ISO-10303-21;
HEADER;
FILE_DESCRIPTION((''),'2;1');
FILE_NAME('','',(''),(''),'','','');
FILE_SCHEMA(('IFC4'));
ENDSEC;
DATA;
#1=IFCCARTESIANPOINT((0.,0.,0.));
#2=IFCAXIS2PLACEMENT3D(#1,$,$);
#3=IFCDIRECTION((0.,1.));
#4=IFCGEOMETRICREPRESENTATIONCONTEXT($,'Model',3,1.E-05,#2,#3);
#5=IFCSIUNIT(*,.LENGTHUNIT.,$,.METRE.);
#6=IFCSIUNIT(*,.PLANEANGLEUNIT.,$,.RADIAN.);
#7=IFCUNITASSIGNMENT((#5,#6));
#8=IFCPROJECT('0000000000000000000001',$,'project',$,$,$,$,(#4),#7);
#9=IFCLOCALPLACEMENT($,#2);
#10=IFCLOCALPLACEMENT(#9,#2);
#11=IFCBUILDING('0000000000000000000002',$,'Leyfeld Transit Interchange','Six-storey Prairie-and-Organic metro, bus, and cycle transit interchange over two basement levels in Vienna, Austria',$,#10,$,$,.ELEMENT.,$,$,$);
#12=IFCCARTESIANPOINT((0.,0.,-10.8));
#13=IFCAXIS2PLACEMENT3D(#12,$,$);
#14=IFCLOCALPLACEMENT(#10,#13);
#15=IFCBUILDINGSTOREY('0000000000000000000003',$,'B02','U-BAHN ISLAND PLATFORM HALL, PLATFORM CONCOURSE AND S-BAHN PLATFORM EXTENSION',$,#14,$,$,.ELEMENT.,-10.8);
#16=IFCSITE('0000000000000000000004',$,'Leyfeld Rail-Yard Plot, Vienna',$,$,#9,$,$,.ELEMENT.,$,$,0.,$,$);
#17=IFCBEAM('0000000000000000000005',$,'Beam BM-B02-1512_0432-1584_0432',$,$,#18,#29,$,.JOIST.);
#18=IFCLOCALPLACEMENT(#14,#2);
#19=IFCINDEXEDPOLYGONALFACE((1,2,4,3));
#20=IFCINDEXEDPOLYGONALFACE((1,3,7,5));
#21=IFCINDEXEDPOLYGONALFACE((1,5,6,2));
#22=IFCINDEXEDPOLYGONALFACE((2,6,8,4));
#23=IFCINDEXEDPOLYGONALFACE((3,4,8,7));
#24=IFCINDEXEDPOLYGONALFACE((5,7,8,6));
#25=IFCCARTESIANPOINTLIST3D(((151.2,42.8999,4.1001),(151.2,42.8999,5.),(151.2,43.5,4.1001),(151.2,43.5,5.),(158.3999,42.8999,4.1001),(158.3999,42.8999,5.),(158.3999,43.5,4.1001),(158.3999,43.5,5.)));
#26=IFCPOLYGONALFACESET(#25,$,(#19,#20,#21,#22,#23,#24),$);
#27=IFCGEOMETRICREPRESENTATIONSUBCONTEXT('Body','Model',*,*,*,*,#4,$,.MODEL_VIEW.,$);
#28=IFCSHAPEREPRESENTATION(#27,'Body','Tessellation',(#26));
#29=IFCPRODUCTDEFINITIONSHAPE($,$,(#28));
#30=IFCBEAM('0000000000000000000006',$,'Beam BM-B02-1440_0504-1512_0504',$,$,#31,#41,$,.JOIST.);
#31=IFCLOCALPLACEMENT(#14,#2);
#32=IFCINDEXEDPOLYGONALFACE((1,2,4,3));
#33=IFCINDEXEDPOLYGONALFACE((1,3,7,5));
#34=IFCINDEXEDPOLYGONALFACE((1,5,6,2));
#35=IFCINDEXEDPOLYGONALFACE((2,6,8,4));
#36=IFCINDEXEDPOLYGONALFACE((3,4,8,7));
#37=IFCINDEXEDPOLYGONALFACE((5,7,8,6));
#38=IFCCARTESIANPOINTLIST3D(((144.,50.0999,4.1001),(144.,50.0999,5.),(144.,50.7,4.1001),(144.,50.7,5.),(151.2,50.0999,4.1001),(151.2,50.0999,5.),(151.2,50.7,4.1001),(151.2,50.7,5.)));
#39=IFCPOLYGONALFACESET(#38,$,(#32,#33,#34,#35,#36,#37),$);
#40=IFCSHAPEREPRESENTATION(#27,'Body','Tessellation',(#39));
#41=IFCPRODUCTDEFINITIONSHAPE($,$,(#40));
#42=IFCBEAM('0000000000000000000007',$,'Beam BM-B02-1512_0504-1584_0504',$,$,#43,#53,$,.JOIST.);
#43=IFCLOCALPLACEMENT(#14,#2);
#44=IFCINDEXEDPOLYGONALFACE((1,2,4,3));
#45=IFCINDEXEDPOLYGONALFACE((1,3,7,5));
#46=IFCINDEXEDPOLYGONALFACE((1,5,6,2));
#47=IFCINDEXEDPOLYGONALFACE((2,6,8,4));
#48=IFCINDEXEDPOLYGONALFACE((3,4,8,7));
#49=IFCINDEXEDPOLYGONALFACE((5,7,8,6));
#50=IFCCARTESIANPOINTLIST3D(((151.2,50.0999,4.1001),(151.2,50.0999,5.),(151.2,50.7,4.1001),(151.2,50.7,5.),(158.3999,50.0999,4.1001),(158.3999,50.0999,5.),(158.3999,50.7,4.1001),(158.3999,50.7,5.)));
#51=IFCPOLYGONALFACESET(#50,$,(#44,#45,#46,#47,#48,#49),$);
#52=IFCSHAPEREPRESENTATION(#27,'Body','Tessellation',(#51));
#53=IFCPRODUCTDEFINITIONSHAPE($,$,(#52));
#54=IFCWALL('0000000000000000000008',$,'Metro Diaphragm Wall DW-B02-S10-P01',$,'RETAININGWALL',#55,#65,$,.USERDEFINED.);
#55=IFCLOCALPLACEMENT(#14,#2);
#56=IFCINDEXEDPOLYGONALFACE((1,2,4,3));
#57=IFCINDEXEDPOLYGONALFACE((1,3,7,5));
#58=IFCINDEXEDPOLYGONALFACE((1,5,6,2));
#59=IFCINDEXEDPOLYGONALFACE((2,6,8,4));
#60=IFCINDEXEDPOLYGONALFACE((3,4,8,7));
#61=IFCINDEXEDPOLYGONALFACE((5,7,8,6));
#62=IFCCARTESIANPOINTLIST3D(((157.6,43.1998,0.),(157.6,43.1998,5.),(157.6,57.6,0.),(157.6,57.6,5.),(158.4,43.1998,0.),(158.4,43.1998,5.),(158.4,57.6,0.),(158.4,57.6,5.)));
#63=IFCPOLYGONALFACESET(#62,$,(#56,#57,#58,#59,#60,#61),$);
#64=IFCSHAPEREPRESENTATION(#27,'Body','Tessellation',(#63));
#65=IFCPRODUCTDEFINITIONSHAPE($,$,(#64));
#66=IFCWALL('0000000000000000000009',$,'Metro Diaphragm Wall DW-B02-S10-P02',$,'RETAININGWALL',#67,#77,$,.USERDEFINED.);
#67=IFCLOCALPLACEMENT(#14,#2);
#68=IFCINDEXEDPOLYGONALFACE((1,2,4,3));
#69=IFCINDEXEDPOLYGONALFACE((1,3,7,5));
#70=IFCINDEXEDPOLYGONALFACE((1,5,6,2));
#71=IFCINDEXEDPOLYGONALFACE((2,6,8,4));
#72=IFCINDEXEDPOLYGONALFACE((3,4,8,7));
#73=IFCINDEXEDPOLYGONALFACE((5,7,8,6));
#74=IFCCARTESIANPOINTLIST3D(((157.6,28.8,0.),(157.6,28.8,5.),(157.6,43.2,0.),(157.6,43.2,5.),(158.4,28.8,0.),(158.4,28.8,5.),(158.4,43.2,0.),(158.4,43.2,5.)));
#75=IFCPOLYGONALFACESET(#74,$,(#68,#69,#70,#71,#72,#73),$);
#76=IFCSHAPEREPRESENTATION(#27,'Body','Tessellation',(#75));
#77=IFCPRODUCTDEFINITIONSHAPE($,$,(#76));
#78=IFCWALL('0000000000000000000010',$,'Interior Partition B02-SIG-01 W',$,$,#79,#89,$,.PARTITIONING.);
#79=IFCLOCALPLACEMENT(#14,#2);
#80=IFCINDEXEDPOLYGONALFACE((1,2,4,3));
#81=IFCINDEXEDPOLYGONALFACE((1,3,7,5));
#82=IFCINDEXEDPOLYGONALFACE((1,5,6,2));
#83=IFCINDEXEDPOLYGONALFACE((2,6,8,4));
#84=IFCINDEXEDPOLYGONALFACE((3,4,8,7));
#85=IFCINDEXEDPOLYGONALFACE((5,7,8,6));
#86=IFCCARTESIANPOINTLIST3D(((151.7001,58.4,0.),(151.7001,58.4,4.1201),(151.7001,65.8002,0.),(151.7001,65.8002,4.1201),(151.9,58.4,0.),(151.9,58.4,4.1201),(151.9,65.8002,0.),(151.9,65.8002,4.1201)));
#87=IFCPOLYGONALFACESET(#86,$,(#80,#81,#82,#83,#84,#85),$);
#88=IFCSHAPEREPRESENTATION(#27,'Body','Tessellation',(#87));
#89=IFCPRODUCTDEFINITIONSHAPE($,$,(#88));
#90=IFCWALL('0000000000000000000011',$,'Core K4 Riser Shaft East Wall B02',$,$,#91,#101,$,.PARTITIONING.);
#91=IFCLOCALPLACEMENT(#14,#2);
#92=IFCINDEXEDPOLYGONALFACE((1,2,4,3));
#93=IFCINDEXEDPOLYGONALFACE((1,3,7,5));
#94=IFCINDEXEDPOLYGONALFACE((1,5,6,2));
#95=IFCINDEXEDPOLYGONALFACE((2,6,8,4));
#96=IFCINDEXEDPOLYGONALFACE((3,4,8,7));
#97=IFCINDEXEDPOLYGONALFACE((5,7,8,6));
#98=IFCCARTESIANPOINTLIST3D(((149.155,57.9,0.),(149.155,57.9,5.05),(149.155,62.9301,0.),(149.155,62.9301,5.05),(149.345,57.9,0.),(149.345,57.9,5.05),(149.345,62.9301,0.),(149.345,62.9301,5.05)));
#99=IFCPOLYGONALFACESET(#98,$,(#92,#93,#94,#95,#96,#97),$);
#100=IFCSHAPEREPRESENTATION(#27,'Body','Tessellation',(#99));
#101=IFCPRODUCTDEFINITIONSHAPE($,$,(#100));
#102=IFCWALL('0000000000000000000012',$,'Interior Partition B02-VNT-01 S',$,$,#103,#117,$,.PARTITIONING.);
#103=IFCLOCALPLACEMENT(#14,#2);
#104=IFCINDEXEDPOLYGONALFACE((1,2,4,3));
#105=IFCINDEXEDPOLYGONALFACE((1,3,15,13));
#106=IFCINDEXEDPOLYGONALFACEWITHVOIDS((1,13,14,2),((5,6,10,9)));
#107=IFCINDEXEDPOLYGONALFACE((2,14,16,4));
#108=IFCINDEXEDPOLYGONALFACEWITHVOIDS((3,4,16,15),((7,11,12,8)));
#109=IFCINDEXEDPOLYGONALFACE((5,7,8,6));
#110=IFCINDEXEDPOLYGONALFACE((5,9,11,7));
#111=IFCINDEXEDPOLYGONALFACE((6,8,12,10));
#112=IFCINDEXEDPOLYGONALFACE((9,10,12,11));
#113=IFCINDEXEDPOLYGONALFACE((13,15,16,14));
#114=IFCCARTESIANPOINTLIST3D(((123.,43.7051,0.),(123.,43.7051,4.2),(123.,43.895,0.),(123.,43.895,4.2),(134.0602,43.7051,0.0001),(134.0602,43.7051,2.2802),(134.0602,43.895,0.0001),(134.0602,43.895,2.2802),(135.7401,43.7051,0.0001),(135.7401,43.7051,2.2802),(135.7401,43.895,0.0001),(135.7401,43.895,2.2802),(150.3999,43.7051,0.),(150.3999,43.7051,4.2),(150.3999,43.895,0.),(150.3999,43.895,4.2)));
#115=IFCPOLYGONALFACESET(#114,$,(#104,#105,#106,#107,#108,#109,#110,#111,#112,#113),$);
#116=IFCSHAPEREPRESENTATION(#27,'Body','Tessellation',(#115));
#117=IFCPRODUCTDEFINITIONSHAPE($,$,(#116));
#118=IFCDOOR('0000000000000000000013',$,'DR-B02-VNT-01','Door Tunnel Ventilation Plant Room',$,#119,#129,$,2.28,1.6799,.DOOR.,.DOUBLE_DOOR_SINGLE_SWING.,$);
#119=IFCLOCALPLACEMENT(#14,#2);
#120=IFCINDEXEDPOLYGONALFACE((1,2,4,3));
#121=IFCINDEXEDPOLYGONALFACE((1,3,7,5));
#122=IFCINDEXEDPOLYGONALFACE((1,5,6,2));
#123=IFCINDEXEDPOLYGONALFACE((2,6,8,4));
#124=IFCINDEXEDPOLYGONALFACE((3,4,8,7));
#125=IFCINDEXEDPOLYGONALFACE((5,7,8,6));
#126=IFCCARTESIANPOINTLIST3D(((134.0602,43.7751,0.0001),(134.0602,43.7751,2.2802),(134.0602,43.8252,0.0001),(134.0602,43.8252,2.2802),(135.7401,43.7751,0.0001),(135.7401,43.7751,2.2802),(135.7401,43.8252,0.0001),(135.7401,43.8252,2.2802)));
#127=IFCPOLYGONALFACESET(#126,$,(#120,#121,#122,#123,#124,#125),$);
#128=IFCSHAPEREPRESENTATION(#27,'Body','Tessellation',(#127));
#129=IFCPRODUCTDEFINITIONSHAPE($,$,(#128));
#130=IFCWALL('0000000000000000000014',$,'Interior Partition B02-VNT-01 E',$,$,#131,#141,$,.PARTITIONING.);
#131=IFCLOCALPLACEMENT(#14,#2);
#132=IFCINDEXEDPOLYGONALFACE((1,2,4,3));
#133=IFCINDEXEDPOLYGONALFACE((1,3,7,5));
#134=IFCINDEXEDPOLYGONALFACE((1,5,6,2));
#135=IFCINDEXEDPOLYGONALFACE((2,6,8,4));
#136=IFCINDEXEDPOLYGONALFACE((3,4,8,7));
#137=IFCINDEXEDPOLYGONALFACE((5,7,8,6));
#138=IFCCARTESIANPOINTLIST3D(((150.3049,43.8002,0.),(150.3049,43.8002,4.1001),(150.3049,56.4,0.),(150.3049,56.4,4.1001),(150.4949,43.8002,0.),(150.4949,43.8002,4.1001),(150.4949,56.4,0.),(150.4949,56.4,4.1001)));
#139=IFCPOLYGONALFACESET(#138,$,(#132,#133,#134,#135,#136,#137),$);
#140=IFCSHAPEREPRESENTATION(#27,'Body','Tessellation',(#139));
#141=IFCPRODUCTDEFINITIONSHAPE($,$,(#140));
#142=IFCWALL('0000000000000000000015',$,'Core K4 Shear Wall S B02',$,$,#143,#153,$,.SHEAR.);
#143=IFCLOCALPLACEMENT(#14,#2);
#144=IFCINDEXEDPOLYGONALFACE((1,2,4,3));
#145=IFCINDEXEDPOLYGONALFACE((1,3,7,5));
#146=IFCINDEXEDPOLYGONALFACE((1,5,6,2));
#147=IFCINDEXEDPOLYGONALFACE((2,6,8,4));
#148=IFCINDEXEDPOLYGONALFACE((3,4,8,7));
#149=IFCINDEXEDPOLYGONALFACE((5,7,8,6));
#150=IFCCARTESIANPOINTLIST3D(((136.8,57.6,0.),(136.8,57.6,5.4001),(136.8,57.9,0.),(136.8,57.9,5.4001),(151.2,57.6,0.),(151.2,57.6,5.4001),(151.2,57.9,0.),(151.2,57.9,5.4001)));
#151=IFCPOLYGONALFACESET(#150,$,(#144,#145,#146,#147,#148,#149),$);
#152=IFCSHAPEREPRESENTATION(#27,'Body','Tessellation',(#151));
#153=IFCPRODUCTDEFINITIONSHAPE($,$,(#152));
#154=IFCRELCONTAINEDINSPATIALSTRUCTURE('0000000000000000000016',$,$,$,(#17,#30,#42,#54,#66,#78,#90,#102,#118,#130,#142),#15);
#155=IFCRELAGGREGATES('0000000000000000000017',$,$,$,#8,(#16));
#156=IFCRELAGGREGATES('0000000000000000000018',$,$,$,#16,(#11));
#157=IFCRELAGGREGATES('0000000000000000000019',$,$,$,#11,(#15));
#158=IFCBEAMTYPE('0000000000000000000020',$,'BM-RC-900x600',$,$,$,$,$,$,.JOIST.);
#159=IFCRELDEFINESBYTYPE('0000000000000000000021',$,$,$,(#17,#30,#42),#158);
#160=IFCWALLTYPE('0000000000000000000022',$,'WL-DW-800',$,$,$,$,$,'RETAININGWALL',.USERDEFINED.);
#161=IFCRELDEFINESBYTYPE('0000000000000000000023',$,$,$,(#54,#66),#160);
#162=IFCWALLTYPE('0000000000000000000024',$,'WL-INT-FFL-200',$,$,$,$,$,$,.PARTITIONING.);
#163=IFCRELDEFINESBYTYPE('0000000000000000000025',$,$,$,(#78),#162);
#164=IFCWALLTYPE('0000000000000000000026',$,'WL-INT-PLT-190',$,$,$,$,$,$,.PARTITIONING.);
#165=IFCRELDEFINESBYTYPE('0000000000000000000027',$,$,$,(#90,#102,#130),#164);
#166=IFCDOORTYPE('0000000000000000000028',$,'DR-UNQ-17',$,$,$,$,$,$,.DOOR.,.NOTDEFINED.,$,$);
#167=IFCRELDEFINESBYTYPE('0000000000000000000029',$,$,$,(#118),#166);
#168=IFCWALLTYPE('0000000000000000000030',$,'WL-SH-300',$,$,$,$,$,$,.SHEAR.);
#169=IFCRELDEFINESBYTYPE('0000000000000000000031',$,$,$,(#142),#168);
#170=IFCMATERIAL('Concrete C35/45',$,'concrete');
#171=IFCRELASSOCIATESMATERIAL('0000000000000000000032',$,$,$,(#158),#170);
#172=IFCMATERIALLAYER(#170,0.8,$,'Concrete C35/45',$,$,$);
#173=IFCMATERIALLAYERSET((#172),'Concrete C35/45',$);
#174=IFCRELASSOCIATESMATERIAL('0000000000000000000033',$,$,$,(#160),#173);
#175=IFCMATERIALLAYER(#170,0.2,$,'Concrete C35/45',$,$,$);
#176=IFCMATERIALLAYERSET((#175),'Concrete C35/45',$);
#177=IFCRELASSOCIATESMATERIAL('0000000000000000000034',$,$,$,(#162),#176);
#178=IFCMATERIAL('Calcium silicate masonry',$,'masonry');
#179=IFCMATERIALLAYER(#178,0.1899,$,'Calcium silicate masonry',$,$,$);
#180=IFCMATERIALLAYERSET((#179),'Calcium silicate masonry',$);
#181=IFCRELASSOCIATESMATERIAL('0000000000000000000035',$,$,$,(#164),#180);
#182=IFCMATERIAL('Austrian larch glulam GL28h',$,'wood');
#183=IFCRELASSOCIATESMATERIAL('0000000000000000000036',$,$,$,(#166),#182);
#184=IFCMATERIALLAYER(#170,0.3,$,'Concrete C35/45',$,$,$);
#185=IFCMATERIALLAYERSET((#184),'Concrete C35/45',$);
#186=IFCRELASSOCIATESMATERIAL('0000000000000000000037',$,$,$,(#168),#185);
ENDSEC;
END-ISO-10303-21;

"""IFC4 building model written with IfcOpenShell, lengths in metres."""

from ifc_helpers import new_model, si_unit, direction, frame, frame_2d, origin, origin_2d, place, context, subcontext, project, spatial, rectangle, extrude, material, layer, layer_set, material_profile, profile_set, type_object, element, fill, save


model = new_model("IFC4")

# Units and contexts
model_context = context("Model", 3, precision=1e-05, world=origin(), true_north=direction((0.0, 1.0)))
body_context = subcontext(model_context, "Body", "Model", "MODEL_VIEW")
ifc_project = project(units=[si_unit("LENGTHUNIT", "METRE"), si_unit("PLANEANGLEUNIT", "RADIAN")], contexts=[model_context])

# Site, building, storey
site_placement = place(None, origin())
site = spatial("IfcSite", under=ifc_project, at=site_placement, Name="Leyfeld Rail-Yard Plot, Vienna", CompositionType="ELEMENT", RefElevation=0.0)
building_placement = place(site_placement, origin())
building = spatial("IfcBuilding", under=site, at=building_placement, Name="Leyfeld Transit Interchange", Description="Six-storey Prairie-and-Organic metro, bus, and cycle transit interchange over two basement levels in Vienna, Austria", CompositionType="ELEMENT")
storey_placement = place(building_placement, frame((0.0, 0.0, -10.8)))
storey = spatial("IfcBuildingStorey", under=building, at=storey_placement, Name="B02", Description="U-BAHN ISLAND PLATFORM HALL, PLATFORM CONCOURSE AND S-BAHN PLATFORM EXTENSION", CompositionType="ELEMENT", Elevation=-10.8)

# Shared definitions
ifc_material_1 = material(Name="Concrete C35/45", Category="concrete")

# Beams
ifc_material_profile_1 = material_profile(ifc_material_1, rectangle(XDim=0.6001, YDim=0.8999, at=origin_2d()), Name="RC 900x600")
ifc_profile_set_1 = profile_set([ifc_material_profile_1], Name="Concrete C35/45")
beam_type_1 = type_object("IfcBeamType", Name="BM-RC-900x600", PredefinedType="JOIST", material=ifc_profile_set_1)
for number, where, z_axis, x_axis, name in (
    (1, (151.2, 43.2, 4.55), (1.0, 0.0, 0.0), (0.0, 1.0, 0.0), "Beam BM-B02-1512_0432-1584_0432"),
    (2, (144.0, 50.3999, 4.55), (1.0, 0.0, 0.0), (0.0, 1.0, 0.0), "Beam BM-B02-1440_0504-1512_0504"),
    (3, (151.2, 50.3999, 4.55), (1.0, 0.0, 0.0), (0.0, 1.0, 0.0), "Beam BM-B02-1512_0504-1584_0504"),
):
    element("IfcBeam", number, at=place(storey_placement, frame(where, z_axis=z_axis, x_axis=x_axis)), inside=storey, type_object=beam_type_1, Name=name, PredefinedType="JOIST", context=body_context, shape_type="SweptSolid", body=[
        extrude(rectangle(XDim=0.6001, YDim=0.8999, at=origin_2d()), origin(), (0.0, 0.0, 1.0), 7.2),
    ])

# Walls
ifc_layer_1 = layer(ifc_material_1, 0.8, Name="Concrete C35/45")
ifc_layer_set_1 = layer_set([ifc_layer_1], Name="Concrete C35/45")
wall_type_1 = type_object("IfcWallType", Name="WL-DW-800", ElementType="RETAININGWALL", PredefinedType="USERDEFINED", material=ifc_layer_set_1)
wall_1_placement = place(storey_placement, frame((158.0, 57.6001, 0.0), z_axis=(0.0, 0.0, 1.0), x_axis=(0.0, -1.0, 0.0)))
element("IfcWall", 4, at=wall_1_placement, inside=storey, type_object=wall_type_1, Name="Metro Diaphragm Wall DW-B02-S10-P01", ObjectType="RETAININGWALL", PredefinedType="USERDEFINED", context=body_context, shape_type="SweptSolid", body=[
    extrude(rectangle(XDim=14.4001, YDim=0.8, at=frame_2d((7.2002, 0.0))), origin(), (0.0, 0.0, 1.0), 5.0),
])
wall_2_placement = place(storey_placement, frame((158.0, 43.2, 0.0), z_axis=(0.0, 0.0, 1.0), x_axis=(0.0, -1.0, 0.0)))
element("IfcWall", 5, at=wall_2_placement, inside=storey, type_object=wall_type_1, Name="Metro Diaphragm Wall DW-B02-S10-P02", ObjectType="RETAININGWALL", PredefinedType="USERDEFINED", context=body_context, shape_type="SweptSolid", body=[
    extrude(rectangle(XDim=14.3999, YDim=0.8, at=frame_2d((7.2, 0.0))), origin(), (0.0, 0.0, 1.0), 5.0),
])
ifc_layer_2 = layer(ifc_material_1, 0.2, Name="Concrete C35/45")
ifc_layer_set_2 = layer_set([ifc_layer_2], Name="Concrete C35/45")
wall_type_2 = type_object("IfcWallType", Name="WL-INT-FFL-200", PredefinedType="PARTITIONING", material=ifc_layer_set_2)
wall_3_placement = place(storey_placement, frame((151.8, 58.3999, 0.0), z_axis=(0.0, 0.0, 1.0), x_axis=(0.0, 1.0, 0.0)))
element("IfcWall", 6, at=wall_3_placement, inside=storey, type_object=wall_type_2, Name="Interior Partition B02-SIG-01 W", PredefinedType="PARTITIONING", context=body_context, shape_type="SweptSolid", body=[
    extrude(rectangle(XDim=7.4001, YDim=0.2, at=frame_2d((3.7002, 0.0))), origin(), (0.0, 0.0, 1.0), 4.1201),
])
ifc_material_2 = material(Name="Calcium silicate masonry", Category="masonry")
ifc_layer_3 = layer(ifc_material_2, 0.1899, Name="Calcium silicate masonry")
ifc_layer_set_3 = layer_set([ifc_layer_3], Name="Calcium silicate masonry")
wall_type_3 = type_object("IfcWallType", Name="WL-INT-PLT-190", PredefinedType="PARTITIONING", material=ifc_layer_set_3)
wall_4_placement = place(storey_placement, frame((149.25, 57.8999, 0.0), z_axis=(0.0, 0.0, 1.0), x_axis=(0.0, 1.0, 0.0)))
element("IfcWall", 7, at=wall_4_placement, inside=storey, type_object=wall_type_3, Name="Core K4 Riser Shaft East Wall B02", PredefinedType="PARTITIONING", context=body_context, shape_type="SweptSolid", body=[
    extrude(rectangle(XDim=5.03, YDim=0.1899, at=frame_2d((2.5151, 0.0))), origin(), (0.0, 0.0, 1.0), 5.05),
])

# Wall, opening, door
wall_5_placement = place(storey_placement, frame((150.3999, 43.8, 0.0), z_axis=(0.0, 0.0, 1.0), x_axis=(-1.0, 0.0, 0.0)))
wall_5 = element("IfcWall", 8, at=wall_5_placement, inside=storey, type_object=wall_type_3, Name="Interior Partition B02-VNT-01 S", PredefinedType="PARTITIONING", context=body_context, shape_type="SweptSolid", body=[
    extrude(rectangle(XDim=27.3999, YDim=0.1899, at=frame_2d((13.7, 0.0))), origin(), (0.0, 0.0, 1.0), 4.2),
])
opening_placement = place(wall_5_placement, frame((14.6599, 0.0, 0.0)))
opening = element("IfcOpeningElement", 9, at=opening_placement, cuts=wall_5, PredefinedType="OPENING", context=body_context, shape_type="SweptSolid", body=[
    extrude(rectangle(XDim=1.6799, YDim=2.28, at=frame_2d((0.8398, 1.1401))), frame((0.0, 0.105, 0.0), z_axis=(0.0, -1.0, 0.0), x_axis=(1.0, 0.0, 0.0)), (0.0, 0.0, 1.0), 0.21),
])
ifc_material_3 = material(Name="Austrian larch glulam GL28h", Category="wood")
door_type = type_object("IfcDoorType", Name="DR-UNQ-17", OperationType="NOTDEFINED", PredefinedType="DOOR", material=ifc_material_3)
door_placement = place(opening_placement, origin())
door = element("IfcDoor", 10, at=door_placement, inside=storey, type_object=door_type, Name="DR-B02-VNT-01", Description="Door Tunnel Ventilation Plant Room", OperationType="DOUBLE_DOOR_SINGLE_SWING", OverallHeight=2.28, OverallWidth=1.6799, PredefinedType="DOOR", context=body_context, shape_type="SweptSolid", body=[
    extrude(rectangle(XDim=1.6799, YDim=2.28, at=frame_2d((0.8398, 1.1401))), frame((0.0, 0.0249, 0.0), z_axis=(0.0, -1.0, 0.0), x_axis=(1.0, 0.0, 0.0)), (0.0, 0.0, 1.0), 0.05),
])
fill(opening, door)

# Walls
wall_6_placement = place(storey_placement, frame((150.3999, 56.3999, 0.0), z_axis=(0.0, 0.0, 1.0), x_axis=(0.0, -1.0, 0.0)))
element("IfcWall", 11, at=wall_6_placement, inside=storey, type_object=wall_type_3, Name="Interior Partition B02-VNT-01 E", PredefinedType="PARTITIONING", context=body_context, shape_type="SweptSolid", body=[
    extrude(rectangle(XDim=12.5999, YDim=0.1899, at=frame_2d((6.2998, 0.0))), origin(), (0.0, 0.0, 1.0), 4.1001),
])
ifc_layer_4 = layer(ifc_material_1, 0.3, Name="Concrete C35/45")
ifc_layer_set_4 = layer_set([ifc_layer_4], Name="Concrete C35/45")
wall_type_4 = type_object("IfcWallType", Name="WL-SH-300", PredefinedType="SHEAR", material=ifc_layer_set_4)
wall_7_placement = place(storey_placement, frame((151.2, 57.75, 0.0), z_axis=(0.0, 0.0, 1.0), x_axis=(-1.0, 0.0, 0.0)))
element("IfcWall", 12, at=wall_7_placement, inside=storey, type_object=wall_type_4, Name="Core K4 Shear Wall S B02", PredefinedType="SHEAR", context=body_context, shape_type="SweptSolid", body=[
    extrude(rectangle(XDim=14.3999, YDim=0.3, at=frame_2d((7.2, 0.0))), origin(), (0.0, 0.0, 1.0), 5.4001),
])

save(model, "model.ifc")
